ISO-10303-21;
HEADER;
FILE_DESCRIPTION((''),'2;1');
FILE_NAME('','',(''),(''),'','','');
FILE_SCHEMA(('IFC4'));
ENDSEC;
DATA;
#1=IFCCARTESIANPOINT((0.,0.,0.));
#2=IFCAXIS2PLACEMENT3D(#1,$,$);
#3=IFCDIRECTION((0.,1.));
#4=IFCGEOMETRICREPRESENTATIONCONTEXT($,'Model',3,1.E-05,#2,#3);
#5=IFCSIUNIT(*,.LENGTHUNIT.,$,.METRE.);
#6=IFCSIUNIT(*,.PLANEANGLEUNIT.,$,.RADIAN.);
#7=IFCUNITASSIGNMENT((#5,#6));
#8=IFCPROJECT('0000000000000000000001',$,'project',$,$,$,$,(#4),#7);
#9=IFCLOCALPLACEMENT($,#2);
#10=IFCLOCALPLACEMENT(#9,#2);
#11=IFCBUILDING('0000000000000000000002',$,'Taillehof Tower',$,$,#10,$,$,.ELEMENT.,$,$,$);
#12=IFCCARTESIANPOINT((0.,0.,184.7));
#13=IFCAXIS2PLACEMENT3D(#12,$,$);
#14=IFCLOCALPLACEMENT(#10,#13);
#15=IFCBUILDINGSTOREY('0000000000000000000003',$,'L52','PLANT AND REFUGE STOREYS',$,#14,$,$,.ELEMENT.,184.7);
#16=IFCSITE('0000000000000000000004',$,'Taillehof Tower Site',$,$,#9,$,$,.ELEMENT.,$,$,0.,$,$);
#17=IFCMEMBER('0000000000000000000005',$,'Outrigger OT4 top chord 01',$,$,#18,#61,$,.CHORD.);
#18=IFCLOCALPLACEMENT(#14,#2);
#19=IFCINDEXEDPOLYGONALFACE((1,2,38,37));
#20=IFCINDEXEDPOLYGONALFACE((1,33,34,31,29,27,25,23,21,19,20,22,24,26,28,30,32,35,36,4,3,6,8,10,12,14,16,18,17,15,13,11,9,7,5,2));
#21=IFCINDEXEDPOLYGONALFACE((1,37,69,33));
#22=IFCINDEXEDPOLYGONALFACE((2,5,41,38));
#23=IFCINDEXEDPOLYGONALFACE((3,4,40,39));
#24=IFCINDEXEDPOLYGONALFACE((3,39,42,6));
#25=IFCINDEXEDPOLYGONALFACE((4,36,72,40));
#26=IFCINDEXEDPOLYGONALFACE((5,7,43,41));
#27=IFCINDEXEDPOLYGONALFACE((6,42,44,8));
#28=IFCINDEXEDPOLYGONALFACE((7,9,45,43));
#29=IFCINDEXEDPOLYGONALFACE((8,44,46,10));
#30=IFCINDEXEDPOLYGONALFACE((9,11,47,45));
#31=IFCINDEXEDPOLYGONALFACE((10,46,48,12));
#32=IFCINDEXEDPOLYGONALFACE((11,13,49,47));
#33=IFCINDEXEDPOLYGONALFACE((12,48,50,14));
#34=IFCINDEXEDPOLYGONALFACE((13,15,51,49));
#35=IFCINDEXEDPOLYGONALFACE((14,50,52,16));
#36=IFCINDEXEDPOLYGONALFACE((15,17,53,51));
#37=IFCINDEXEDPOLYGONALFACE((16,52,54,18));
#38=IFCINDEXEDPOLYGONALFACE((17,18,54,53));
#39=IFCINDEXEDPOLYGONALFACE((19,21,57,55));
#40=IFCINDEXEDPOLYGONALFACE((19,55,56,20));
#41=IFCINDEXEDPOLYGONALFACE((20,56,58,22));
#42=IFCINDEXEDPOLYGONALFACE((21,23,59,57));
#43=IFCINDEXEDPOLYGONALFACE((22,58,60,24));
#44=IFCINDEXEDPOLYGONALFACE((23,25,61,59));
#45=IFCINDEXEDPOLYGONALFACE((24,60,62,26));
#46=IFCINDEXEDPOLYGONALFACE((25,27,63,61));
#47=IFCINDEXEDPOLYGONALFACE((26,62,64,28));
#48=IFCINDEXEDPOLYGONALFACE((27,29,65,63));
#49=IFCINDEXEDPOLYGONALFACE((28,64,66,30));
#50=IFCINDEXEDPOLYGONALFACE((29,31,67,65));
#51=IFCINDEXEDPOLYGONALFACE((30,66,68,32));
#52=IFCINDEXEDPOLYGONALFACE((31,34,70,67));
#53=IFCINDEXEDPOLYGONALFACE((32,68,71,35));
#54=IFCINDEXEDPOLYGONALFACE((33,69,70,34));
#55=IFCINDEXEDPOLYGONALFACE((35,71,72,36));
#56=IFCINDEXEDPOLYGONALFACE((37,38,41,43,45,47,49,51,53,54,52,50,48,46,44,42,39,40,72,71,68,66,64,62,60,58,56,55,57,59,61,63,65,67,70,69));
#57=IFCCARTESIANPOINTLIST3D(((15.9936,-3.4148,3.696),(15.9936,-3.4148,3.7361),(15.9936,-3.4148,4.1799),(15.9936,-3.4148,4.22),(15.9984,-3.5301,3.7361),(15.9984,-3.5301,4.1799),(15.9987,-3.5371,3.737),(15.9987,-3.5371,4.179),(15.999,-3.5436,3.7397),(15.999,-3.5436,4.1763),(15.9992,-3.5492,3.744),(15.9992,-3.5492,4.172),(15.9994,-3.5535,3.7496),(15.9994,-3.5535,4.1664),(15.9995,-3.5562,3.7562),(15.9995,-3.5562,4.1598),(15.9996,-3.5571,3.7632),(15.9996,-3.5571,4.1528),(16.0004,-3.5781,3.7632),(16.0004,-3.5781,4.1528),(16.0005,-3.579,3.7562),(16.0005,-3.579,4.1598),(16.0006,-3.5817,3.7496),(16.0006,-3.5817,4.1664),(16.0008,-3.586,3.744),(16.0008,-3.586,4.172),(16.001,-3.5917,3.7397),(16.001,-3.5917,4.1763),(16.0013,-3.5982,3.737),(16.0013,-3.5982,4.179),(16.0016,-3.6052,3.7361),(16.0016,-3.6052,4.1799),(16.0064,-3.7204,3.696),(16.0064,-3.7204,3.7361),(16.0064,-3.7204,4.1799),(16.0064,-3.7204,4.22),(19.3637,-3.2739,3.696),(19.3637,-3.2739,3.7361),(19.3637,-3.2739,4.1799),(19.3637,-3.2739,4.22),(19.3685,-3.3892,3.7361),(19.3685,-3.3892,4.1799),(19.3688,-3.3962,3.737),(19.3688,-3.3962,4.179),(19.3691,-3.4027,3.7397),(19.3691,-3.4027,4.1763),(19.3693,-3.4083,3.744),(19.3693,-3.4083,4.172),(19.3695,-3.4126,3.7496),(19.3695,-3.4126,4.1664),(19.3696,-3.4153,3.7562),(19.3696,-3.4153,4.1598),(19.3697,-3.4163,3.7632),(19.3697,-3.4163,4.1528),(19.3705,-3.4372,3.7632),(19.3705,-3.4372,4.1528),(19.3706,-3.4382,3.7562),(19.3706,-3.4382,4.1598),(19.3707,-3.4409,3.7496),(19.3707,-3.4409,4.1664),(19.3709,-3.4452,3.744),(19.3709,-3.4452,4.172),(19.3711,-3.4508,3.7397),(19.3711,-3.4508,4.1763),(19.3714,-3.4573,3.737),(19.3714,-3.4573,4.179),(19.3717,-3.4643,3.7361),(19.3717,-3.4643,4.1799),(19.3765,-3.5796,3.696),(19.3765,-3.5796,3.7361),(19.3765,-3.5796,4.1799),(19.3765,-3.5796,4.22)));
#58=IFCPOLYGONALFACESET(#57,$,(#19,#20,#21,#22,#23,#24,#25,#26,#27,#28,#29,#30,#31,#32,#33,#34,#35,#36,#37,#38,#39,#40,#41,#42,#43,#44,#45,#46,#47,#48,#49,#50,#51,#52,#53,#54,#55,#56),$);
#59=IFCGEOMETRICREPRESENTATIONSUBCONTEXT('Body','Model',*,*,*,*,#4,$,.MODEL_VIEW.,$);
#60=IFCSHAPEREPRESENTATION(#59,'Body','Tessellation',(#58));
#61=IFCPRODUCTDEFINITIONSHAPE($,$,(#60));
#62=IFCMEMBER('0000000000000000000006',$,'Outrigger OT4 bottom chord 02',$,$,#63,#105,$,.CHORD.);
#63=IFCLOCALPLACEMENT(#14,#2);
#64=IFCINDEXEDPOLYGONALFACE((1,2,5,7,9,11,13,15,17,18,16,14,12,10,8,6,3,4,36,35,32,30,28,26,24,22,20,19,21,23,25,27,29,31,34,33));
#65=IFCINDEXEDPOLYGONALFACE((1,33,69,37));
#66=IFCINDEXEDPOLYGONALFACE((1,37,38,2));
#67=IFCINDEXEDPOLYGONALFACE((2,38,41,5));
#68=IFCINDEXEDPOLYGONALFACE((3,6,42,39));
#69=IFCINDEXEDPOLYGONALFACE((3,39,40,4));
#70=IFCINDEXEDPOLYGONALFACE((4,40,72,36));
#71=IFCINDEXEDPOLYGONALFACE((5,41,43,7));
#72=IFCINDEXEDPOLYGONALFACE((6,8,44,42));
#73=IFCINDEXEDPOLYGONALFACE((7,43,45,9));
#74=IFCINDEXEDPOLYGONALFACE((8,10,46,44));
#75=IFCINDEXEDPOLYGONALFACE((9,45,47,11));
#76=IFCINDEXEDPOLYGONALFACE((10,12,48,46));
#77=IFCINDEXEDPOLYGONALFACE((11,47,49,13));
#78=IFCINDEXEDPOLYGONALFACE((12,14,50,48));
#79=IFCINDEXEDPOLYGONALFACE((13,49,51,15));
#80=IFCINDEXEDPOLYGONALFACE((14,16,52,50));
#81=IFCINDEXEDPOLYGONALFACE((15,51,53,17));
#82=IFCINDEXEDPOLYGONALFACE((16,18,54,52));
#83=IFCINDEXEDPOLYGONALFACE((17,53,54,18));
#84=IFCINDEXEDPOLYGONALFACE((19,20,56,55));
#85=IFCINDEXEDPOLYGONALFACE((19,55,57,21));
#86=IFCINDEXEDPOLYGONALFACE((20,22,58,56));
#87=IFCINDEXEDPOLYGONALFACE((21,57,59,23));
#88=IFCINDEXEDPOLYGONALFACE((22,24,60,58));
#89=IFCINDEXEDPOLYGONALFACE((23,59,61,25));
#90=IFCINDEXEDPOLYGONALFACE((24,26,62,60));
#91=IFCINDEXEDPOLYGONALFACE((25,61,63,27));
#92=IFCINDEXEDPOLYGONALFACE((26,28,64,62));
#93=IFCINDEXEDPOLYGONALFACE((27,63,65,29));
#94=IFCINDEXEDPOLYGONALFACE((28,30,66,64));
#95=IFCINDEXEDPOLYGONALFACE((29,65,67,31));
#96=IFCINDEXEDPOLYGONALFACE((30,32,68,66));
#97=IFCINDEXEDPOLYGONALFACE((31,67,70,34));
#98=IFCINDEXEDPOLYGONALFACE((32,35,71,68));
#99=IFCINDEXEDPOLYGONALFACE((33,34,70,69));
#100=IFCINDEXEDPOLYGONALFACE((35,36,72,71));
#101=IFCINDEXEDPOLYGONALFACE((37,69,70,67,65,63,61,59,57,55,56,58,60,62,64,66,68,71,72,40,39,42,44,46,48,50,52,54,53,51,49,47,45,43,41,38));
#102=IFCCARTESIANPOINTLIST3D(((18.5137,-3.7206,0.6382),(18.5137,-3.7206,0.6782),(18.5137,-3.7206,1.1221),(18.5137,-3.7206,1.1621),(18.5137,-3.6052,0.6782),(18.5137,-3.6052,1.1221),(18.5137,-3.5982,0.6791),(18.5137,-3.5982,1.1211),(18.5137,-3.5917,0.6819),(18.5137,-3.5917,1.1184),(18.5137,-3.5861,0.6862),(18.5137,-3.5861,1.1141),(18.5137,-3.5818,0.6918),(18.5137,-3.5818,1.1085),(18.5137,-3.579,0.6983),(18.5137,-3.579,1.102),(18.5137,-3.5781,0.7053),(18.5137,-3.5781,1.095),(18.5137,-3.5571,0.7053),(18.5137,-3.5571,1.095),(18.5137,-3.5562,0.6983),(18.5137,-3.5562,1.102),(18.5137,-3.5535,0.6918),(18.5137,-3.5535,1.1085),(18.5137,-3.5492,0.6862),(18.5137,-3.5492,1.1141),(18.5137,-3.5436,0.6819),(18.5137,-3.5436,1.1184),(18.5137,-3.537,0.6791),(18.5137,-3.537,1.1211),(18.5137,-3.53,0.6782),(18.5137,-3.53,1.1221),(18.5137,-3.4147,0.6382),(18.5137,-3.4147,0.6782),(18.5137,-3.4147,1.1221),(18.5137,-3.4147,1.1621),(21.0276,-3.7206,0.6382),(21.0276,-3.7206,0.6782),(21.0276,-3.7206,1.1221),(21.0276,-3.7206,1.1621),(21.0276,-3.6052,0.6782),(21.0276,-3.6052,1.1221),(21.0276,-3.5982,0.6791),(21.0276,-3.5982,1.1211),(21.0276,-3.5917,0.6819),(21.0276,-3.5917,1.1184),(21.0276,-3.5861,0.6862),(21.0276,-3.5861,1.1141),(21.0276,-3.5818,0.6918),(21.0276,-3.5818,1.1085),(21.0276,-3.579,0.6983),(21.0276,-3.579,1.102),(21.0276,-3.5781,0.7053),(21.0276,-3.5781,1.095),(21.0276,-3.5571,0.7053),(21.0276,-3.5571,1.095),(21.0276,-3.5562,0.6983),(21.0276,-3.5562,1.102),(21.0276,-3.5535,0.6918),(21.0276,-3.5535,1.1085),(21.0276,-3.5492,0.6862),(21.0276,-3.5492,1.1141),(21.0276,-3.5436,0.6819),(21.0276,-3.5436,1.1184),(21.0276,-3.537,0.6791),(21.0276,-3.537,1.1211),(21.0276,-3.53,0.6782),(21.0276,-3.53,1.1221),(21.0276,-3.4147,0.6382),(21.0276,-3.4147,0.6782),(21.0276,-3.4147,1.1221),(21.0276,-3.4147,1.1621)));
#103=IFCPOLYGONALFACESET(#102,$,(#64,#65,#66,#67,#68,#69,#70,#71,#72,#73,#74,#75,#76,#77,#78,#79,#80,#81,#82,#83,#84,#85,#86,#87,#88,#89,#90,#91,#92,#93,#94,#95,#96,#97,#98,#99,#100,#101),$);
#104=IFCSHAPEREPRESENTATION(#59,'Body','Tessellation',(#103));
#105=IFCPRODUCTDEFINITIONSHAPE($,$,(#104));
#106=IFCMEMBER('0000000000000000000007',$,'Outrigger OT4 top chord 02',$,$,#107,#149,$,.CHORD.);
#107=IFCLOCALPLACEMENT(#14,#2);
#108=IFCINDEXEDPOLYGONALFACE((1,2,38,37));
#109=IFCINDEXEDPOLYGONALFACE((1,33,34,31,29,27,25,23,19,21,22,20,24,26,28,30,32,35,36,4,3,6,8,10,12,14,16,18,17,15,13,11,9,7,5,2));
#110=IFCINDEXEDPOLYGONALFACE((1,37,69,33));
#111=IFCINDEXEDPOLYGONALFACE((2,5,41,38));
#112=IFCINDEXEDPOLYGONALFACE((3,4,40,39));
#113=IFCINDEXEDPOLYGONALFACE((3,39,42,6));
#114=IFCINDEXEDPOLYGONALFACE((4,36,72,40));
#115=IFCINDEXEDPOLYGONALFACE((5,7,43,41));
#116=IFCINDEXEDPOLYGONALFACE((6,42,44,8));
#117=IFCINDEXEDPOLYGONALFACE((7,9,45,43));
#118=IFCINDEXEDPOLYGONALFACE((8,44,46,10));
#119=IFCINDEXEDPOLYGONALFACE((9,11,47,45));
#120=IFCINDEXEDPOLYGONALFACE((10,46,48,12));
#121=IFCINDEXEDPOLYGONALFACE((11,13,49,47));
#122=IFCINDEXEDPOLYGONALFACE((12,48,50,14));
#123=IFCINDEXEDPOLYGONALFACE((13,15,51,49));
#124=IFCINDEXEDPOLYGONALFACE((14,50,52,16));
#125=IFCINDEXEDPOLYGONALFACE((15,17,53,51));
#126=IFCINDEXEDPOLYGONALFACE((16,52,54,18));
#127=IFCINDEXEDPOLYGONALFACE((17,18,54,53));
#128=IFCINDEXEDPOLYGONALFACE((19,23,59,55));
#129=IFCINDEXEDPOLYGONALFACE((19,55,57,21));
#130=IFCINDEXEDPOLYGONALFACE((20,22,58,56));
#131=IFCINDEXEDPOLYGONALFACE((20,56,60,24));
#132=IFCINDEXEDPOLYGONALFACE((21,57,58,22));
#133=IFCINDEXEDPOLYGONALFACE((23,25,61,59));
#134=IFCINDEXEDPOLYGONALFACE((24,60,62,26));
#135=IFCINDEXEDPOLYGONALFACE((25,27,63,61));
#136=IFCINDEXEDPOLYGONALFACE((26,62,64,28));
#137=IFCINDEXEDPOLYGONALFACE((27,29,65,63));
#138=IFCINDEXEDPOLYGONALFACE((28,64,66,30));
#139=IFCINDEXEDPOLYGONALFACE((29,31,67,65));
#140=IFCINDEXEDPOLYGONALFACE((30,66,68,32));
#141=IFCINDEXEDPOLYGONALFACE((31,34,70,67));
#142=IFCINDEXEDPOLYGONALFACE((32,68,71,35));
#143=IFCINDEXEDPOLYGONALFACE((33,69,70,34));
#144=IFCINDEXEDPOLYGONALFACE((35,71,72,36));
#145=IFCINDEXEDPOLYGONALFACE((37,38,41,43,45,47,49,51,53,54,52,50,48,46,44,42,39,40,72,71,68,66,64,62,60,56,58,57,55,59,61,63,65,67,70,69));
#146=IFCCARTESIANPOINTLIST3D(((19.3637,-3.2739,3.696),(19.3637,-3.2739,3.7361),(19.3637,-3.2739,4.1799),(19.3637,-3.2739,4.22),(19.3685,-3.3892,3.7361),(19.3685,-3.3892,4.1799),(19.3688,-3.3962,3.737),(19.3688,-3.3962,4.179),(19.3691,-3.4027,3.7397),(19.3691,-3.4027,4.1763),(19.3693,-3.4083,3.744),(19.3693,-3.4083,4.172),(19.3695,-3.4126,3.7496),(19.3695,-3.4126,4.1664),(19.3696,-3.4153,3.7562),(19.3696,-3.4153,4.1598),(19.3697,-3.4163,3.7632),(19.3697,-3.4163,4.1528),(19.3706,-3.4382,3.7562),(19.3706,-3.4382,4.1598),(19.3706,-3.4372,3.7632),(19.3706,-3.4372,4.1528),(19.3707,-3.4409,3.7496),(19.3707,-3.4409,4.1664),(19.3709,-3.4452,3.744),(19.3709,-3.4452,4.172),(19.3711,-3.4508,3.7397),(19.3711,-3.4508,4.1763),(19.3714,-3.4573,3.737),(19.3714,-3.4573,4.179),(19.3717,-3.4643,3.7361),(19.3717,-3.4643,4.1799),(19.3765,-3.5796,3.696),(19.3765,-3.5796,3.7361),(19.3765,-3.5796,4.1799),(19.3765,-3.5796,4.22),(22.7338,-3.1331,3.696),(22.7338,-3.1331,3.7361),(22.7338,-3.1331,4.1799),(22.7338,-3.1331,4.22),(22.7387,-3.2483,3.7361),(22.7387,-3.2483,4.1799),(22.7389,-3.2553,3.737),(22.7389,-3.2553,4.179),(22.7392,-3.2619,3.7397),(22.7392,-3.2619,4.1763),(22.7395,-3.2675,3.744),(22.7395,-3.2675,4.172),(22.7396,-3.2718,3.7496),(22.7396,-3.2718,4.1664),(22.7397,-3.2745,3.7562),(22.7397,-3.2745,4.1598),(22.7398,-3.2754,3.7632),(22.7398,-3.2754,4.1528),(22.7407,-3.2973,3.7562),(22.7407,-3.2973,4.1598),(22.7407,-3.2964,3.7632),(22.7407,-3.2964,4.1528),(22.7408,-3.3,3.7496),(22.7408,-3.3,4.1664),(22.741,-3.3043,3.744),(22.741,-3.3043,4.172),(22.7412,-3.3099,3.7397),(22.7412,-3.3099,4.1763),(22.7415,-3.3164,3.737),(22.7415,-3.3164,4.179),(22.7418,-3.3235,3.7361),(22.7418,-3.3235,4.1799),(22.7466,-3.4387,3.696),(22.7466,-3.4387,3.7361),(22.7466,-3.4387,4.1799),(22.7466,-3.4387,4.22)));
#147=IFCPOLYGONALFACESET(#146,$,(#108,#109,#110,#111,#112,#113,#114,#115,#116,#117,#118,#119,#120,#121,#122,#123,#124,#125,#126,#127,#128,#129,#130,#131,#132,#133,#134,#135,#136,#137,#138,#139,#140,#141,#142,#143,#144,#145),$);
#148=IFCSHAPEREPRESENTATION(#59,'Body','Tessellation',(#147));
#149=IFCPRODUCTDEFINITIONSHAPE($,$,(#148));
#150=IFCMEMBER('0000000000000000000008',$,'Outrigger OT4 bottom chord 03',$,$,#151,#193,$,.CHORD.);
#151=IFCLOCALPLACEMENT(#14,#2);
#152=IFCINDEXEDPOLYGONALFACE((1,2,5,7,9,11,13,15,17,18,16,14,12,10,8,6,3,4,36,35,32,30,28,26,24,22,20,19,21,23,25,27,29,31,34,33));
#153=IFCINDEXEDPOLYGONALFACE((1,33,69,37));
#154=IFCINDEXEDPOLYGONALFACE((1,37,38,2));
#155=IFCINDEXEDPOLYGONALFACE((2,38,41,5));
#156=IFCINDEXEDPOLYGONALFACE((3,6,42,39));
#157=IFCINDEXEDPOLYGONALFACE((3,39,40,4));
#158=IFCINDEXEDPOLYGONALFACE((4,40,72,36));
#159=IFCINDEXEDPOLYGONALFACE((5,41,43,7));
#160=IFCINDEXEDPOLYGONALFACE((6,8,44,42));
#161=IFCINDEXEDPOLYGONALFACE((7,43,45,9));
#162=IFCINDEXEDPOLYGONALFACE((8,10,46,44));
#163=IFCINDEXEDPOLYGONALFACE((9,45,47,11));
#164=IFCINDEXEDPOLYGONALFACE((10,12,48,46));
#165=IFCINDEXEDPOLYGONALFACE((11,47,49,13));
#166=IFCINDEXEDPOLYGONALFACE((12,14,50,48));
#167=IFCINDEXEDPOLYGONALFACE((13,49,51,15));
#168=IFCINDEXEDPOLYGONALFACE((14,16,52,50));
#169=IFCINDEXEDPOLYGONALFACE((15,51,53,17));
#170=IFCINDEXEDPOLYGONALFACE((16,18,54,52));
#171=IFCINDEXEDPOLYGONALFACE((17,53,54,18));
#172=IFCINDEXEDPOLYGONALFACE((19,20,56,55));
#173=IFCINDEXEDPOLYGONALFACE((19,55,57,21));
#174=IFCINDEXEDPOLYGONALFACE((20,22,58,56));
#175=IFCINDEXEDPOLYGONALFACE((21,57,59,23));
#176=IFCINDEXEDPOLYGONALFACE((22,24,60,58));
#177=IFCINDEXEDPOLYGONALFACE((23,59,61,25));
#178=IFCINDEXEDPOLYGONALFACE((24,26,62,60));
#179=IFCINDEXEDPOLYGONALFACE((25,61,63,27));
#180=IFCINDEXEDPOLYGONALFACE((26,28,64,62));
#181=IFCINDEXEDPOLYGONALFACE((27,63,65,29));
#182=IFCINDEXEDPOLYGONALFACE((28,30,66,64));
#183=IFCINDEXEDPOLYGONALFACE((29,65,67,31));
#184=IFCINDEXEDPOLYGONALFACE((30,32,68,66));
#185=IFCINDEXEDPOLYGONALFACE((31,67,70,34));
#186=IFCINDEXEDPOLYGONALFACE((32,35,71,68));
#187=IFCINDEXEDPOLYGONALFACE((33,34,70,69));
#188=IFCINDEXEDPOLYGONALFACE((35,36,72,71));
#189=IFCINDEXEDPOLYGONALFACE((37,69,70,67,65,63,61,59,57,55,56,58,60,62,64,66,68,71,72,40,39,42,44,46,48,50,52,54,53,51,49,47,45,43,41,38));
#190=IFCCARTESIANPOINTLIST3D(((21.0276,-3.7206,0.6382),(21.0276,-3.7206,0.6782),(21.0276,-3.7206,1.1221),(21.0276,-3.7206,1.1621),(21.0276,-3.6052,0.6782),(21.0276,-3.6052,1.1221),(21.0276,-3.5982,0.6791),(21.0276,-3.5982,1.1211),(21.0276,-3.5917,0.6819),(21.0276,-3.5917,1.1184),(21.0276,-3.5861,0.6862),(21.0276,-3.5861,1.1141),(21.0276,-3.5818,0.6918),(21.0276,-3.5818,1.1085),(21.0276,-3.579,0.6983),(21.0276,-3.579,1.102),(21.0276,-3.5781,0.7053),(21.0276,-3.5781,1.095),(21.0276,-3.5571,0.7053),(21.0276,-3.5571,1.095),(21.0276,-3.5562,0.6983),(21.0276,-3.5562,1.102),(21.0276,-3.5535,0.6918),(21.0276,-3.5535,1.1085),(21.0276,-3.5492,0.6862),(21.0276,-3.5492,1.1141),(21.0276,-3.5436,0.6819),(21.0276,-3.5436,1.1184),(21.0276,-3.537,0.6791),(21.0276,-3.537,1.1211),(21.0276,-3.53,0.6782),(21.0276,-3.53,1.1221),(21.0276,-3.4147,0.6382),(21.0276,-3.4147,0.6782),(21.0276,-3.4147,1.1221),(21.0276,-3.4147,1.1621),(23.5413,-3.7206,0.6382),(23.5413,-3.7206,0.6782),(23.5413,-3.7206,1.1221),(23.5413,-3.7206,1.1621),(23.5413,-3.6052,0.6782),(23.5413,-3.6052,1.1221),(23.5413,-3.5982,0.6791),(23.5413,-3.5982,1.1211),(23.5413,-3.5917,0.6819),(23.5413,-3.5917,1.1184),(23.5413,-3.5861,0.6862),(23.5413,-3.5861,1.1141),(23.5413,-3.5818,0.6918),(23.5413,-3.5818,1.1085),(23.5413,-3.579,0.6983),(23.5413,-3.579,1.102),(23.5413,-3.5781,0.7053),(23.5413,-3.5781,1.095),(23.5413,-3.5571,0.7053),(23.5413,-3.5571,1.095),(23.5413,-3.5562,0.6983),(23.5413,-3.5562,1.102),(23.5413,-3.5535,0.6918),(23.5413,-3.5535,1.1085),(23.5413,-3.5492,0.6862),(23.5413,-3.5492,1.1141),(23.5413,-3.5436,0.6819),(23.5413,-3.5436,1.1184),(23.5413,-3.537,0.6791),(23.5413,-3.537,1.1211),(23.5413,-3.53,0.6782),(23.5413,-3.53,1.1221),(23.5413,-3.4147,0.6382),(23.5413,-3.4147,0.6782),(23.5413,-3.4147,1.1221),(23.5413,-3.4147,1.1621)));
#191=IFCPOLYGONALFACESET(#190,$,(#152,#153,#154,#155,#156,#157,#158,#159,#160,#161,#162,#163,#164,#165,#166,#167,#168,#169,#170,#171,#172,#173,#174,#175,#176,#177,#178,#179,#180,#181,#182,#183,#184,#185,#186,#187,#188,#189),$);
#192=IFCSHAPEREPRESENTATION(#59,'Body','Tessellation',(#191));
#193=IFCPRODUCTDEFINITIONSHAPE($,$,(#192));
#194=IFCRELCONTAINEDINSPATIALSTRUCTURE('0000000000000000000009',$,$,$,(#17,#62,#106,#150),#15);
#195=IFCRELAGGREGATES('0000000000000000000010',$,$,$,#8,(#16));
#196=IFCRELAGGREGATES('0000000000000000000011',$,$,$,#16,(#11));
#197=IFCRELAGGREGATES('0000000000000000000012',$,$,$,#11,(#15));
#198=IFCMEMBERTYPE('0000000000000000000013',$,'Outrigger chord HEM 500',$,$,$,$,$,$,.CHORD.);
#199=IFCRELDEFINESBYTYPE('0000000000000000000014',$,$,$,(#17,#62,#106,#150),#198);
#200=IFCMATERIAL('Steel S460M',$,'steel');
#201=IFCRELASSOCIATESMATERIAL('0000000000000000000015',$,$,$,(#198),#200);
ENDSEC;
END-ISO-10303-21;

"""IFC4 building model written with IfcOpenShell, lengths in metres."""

from ifc_helpers import new_model, si_unit, direction, frame, origin, origin_2d, place, context, subcontext, project, spatial, i_section, extrude, material, material_profile, profile_set, type_object, element, save


model = new_model("IFC4")

# Units and contexts
model_context = context("Model", 3, precision=1e-05, world=origin(), true_north=direction((0.0, 1.0)))
body_context = subcontext(model_context, "Body", "Model", "MODEL_VIEW")
ifc_project = project(units=[si_unit("LENGTHUNIT", "METRE"), si_unit("PLANEANGLEUNIT", "RADIAN")], contexts=[model_context])

# Site, building, storey
site_placement = place(None, origin())
site = spatial("IfcSite", under=ifc_project, at=site_placement, Name="Taillehof Tower Site", CompositionType="ELEMENT", RefElevation=0.0)
building_placement = place(site_placement, origin())
building = spatial("IfcBuilding", under=site, at=building_placement, Name="Taillehof Tower", CompositionType="ELEMENT")
storey_placement = place(building_placement, frame((0.0, 0.0, 184.7)))
storey = spatial("IfcBuildingStorey", under=building, at=storey_placement, Name="L52", Description="PLANT AND REFUGE STOREYS", CompositionType="ELEMENT", Elevation=184.7)

# Members
ifc_material_1 = material(Name="Steel S460M", Category="steel")
ifc_material_profile_1 = material_profile(ifc_material_1, i_section(OverallWidth=0.3059, OverallDepth=0.5239, WebThickness=0.021, FlangeThickness=0.04, FilletRadius=0.0271, at=origin_2d()), Name="HEM 500")
ifc_profile_set_1 = profile_set([ifc_material_profile_1], Name="Steel S460M")
member_type_1 = type_object("IfcMemberType", Name="Outrigger chord HEM 500", PredefinedType="CHORD", material=ifc_profile_set_1)
member_1_placement = place(storey_placement, frame((16.0, -3.5676, 3.958), z_axis=(0.999128, 0.041763, 0.0), x_axis=(-0.041763, 0.999128, 0.0)))
element("IfcMember", 1, at=member_1_placement, inside=storey, type_object=member_type_1, Name="Outrigger OT4 top chord 01", PredefinedType="CHORD", context=body_context, shape_type="SweptSolid", body=[
    extrude(i_section(OverallWidth=0.3059, OverallDepth=0.5239, WebThickness=0.021, FlangeThickness=0.04, FilletRadius=0.0271, at=origin_2d()), origin(), (0.0, 0.0, 1.0), 3.373),
])
member_2_placement = place(storey_placement, frame((18.5137, -3.5676, 0.9001), z_axis=(1.0, 0.0, 0.0), x_axis=(0.0, 1.0, 0.0)))
element("IfcMember", 2, at=member_2_placement, inside=storey, type_object=member_type_1, Name="Outrigger OT4 bottom chord 02", PredefinedType="CHORD", context=body_context, shape_type="SweptSolid", body=[
    extrude(i_section(OverallWidth=0.3059, OverallDepth=0.5239, WebThickness=0.021, FlangeThickness=0.04, FilletRadius=0.0271, at=origin_2d()), origin(), (0.0, 0.0, 1.0), 2.5139),
])
member_3_placement = place(storey_placement, frame((19.3701, -3.4268, 3.958), z_axis=(0.999128, 0.041763, 0.0), x_axis=(-0.041763, 0.999128, 0.0)))
element("IfcMember", 3, at=member_3_placement, inside=storey, type_object=member_type_1, Name="Outrigger OT4 top chord 02", PredefinedType="CHORD", context=body_context, shape_type="SweptSolid", body=[
    extrude(i_section(OverallWidth=0.3059, OverallDepth=0.5239, WebThickness=0.021, FlangeThickness=0.04, FilletRadius=0.0271, at=origin_2d()), origin(), (0.0, 0.0, 1.0), 3.373),
])
member_4_placement = place(storey_placement, frame((21.0276, -3.5676, 0.9001), z_axis=(1.0, 0.0, 0.0), x_axis=(0.0, 1.0, 0.0)))
element("IfcMember", 4, at=member_4_placement, inside=storey, type_object=member_type_1, Name="Outrigger OT4 bottom chord 03", PredefinedType="CHORD", context=body_context, shape_type="SweptSolid", body=[
    extrude(i_section(OverallWidth=0.3059, OverallDepth=0.5239, WebThickness=0.021, FlangeThickness=0.04, FilletRadius=0.0271, at=origin_2d()), origin(), (0.0, 0.0, 1.0), 2.5137),
])

save(model, "model.ifc")
